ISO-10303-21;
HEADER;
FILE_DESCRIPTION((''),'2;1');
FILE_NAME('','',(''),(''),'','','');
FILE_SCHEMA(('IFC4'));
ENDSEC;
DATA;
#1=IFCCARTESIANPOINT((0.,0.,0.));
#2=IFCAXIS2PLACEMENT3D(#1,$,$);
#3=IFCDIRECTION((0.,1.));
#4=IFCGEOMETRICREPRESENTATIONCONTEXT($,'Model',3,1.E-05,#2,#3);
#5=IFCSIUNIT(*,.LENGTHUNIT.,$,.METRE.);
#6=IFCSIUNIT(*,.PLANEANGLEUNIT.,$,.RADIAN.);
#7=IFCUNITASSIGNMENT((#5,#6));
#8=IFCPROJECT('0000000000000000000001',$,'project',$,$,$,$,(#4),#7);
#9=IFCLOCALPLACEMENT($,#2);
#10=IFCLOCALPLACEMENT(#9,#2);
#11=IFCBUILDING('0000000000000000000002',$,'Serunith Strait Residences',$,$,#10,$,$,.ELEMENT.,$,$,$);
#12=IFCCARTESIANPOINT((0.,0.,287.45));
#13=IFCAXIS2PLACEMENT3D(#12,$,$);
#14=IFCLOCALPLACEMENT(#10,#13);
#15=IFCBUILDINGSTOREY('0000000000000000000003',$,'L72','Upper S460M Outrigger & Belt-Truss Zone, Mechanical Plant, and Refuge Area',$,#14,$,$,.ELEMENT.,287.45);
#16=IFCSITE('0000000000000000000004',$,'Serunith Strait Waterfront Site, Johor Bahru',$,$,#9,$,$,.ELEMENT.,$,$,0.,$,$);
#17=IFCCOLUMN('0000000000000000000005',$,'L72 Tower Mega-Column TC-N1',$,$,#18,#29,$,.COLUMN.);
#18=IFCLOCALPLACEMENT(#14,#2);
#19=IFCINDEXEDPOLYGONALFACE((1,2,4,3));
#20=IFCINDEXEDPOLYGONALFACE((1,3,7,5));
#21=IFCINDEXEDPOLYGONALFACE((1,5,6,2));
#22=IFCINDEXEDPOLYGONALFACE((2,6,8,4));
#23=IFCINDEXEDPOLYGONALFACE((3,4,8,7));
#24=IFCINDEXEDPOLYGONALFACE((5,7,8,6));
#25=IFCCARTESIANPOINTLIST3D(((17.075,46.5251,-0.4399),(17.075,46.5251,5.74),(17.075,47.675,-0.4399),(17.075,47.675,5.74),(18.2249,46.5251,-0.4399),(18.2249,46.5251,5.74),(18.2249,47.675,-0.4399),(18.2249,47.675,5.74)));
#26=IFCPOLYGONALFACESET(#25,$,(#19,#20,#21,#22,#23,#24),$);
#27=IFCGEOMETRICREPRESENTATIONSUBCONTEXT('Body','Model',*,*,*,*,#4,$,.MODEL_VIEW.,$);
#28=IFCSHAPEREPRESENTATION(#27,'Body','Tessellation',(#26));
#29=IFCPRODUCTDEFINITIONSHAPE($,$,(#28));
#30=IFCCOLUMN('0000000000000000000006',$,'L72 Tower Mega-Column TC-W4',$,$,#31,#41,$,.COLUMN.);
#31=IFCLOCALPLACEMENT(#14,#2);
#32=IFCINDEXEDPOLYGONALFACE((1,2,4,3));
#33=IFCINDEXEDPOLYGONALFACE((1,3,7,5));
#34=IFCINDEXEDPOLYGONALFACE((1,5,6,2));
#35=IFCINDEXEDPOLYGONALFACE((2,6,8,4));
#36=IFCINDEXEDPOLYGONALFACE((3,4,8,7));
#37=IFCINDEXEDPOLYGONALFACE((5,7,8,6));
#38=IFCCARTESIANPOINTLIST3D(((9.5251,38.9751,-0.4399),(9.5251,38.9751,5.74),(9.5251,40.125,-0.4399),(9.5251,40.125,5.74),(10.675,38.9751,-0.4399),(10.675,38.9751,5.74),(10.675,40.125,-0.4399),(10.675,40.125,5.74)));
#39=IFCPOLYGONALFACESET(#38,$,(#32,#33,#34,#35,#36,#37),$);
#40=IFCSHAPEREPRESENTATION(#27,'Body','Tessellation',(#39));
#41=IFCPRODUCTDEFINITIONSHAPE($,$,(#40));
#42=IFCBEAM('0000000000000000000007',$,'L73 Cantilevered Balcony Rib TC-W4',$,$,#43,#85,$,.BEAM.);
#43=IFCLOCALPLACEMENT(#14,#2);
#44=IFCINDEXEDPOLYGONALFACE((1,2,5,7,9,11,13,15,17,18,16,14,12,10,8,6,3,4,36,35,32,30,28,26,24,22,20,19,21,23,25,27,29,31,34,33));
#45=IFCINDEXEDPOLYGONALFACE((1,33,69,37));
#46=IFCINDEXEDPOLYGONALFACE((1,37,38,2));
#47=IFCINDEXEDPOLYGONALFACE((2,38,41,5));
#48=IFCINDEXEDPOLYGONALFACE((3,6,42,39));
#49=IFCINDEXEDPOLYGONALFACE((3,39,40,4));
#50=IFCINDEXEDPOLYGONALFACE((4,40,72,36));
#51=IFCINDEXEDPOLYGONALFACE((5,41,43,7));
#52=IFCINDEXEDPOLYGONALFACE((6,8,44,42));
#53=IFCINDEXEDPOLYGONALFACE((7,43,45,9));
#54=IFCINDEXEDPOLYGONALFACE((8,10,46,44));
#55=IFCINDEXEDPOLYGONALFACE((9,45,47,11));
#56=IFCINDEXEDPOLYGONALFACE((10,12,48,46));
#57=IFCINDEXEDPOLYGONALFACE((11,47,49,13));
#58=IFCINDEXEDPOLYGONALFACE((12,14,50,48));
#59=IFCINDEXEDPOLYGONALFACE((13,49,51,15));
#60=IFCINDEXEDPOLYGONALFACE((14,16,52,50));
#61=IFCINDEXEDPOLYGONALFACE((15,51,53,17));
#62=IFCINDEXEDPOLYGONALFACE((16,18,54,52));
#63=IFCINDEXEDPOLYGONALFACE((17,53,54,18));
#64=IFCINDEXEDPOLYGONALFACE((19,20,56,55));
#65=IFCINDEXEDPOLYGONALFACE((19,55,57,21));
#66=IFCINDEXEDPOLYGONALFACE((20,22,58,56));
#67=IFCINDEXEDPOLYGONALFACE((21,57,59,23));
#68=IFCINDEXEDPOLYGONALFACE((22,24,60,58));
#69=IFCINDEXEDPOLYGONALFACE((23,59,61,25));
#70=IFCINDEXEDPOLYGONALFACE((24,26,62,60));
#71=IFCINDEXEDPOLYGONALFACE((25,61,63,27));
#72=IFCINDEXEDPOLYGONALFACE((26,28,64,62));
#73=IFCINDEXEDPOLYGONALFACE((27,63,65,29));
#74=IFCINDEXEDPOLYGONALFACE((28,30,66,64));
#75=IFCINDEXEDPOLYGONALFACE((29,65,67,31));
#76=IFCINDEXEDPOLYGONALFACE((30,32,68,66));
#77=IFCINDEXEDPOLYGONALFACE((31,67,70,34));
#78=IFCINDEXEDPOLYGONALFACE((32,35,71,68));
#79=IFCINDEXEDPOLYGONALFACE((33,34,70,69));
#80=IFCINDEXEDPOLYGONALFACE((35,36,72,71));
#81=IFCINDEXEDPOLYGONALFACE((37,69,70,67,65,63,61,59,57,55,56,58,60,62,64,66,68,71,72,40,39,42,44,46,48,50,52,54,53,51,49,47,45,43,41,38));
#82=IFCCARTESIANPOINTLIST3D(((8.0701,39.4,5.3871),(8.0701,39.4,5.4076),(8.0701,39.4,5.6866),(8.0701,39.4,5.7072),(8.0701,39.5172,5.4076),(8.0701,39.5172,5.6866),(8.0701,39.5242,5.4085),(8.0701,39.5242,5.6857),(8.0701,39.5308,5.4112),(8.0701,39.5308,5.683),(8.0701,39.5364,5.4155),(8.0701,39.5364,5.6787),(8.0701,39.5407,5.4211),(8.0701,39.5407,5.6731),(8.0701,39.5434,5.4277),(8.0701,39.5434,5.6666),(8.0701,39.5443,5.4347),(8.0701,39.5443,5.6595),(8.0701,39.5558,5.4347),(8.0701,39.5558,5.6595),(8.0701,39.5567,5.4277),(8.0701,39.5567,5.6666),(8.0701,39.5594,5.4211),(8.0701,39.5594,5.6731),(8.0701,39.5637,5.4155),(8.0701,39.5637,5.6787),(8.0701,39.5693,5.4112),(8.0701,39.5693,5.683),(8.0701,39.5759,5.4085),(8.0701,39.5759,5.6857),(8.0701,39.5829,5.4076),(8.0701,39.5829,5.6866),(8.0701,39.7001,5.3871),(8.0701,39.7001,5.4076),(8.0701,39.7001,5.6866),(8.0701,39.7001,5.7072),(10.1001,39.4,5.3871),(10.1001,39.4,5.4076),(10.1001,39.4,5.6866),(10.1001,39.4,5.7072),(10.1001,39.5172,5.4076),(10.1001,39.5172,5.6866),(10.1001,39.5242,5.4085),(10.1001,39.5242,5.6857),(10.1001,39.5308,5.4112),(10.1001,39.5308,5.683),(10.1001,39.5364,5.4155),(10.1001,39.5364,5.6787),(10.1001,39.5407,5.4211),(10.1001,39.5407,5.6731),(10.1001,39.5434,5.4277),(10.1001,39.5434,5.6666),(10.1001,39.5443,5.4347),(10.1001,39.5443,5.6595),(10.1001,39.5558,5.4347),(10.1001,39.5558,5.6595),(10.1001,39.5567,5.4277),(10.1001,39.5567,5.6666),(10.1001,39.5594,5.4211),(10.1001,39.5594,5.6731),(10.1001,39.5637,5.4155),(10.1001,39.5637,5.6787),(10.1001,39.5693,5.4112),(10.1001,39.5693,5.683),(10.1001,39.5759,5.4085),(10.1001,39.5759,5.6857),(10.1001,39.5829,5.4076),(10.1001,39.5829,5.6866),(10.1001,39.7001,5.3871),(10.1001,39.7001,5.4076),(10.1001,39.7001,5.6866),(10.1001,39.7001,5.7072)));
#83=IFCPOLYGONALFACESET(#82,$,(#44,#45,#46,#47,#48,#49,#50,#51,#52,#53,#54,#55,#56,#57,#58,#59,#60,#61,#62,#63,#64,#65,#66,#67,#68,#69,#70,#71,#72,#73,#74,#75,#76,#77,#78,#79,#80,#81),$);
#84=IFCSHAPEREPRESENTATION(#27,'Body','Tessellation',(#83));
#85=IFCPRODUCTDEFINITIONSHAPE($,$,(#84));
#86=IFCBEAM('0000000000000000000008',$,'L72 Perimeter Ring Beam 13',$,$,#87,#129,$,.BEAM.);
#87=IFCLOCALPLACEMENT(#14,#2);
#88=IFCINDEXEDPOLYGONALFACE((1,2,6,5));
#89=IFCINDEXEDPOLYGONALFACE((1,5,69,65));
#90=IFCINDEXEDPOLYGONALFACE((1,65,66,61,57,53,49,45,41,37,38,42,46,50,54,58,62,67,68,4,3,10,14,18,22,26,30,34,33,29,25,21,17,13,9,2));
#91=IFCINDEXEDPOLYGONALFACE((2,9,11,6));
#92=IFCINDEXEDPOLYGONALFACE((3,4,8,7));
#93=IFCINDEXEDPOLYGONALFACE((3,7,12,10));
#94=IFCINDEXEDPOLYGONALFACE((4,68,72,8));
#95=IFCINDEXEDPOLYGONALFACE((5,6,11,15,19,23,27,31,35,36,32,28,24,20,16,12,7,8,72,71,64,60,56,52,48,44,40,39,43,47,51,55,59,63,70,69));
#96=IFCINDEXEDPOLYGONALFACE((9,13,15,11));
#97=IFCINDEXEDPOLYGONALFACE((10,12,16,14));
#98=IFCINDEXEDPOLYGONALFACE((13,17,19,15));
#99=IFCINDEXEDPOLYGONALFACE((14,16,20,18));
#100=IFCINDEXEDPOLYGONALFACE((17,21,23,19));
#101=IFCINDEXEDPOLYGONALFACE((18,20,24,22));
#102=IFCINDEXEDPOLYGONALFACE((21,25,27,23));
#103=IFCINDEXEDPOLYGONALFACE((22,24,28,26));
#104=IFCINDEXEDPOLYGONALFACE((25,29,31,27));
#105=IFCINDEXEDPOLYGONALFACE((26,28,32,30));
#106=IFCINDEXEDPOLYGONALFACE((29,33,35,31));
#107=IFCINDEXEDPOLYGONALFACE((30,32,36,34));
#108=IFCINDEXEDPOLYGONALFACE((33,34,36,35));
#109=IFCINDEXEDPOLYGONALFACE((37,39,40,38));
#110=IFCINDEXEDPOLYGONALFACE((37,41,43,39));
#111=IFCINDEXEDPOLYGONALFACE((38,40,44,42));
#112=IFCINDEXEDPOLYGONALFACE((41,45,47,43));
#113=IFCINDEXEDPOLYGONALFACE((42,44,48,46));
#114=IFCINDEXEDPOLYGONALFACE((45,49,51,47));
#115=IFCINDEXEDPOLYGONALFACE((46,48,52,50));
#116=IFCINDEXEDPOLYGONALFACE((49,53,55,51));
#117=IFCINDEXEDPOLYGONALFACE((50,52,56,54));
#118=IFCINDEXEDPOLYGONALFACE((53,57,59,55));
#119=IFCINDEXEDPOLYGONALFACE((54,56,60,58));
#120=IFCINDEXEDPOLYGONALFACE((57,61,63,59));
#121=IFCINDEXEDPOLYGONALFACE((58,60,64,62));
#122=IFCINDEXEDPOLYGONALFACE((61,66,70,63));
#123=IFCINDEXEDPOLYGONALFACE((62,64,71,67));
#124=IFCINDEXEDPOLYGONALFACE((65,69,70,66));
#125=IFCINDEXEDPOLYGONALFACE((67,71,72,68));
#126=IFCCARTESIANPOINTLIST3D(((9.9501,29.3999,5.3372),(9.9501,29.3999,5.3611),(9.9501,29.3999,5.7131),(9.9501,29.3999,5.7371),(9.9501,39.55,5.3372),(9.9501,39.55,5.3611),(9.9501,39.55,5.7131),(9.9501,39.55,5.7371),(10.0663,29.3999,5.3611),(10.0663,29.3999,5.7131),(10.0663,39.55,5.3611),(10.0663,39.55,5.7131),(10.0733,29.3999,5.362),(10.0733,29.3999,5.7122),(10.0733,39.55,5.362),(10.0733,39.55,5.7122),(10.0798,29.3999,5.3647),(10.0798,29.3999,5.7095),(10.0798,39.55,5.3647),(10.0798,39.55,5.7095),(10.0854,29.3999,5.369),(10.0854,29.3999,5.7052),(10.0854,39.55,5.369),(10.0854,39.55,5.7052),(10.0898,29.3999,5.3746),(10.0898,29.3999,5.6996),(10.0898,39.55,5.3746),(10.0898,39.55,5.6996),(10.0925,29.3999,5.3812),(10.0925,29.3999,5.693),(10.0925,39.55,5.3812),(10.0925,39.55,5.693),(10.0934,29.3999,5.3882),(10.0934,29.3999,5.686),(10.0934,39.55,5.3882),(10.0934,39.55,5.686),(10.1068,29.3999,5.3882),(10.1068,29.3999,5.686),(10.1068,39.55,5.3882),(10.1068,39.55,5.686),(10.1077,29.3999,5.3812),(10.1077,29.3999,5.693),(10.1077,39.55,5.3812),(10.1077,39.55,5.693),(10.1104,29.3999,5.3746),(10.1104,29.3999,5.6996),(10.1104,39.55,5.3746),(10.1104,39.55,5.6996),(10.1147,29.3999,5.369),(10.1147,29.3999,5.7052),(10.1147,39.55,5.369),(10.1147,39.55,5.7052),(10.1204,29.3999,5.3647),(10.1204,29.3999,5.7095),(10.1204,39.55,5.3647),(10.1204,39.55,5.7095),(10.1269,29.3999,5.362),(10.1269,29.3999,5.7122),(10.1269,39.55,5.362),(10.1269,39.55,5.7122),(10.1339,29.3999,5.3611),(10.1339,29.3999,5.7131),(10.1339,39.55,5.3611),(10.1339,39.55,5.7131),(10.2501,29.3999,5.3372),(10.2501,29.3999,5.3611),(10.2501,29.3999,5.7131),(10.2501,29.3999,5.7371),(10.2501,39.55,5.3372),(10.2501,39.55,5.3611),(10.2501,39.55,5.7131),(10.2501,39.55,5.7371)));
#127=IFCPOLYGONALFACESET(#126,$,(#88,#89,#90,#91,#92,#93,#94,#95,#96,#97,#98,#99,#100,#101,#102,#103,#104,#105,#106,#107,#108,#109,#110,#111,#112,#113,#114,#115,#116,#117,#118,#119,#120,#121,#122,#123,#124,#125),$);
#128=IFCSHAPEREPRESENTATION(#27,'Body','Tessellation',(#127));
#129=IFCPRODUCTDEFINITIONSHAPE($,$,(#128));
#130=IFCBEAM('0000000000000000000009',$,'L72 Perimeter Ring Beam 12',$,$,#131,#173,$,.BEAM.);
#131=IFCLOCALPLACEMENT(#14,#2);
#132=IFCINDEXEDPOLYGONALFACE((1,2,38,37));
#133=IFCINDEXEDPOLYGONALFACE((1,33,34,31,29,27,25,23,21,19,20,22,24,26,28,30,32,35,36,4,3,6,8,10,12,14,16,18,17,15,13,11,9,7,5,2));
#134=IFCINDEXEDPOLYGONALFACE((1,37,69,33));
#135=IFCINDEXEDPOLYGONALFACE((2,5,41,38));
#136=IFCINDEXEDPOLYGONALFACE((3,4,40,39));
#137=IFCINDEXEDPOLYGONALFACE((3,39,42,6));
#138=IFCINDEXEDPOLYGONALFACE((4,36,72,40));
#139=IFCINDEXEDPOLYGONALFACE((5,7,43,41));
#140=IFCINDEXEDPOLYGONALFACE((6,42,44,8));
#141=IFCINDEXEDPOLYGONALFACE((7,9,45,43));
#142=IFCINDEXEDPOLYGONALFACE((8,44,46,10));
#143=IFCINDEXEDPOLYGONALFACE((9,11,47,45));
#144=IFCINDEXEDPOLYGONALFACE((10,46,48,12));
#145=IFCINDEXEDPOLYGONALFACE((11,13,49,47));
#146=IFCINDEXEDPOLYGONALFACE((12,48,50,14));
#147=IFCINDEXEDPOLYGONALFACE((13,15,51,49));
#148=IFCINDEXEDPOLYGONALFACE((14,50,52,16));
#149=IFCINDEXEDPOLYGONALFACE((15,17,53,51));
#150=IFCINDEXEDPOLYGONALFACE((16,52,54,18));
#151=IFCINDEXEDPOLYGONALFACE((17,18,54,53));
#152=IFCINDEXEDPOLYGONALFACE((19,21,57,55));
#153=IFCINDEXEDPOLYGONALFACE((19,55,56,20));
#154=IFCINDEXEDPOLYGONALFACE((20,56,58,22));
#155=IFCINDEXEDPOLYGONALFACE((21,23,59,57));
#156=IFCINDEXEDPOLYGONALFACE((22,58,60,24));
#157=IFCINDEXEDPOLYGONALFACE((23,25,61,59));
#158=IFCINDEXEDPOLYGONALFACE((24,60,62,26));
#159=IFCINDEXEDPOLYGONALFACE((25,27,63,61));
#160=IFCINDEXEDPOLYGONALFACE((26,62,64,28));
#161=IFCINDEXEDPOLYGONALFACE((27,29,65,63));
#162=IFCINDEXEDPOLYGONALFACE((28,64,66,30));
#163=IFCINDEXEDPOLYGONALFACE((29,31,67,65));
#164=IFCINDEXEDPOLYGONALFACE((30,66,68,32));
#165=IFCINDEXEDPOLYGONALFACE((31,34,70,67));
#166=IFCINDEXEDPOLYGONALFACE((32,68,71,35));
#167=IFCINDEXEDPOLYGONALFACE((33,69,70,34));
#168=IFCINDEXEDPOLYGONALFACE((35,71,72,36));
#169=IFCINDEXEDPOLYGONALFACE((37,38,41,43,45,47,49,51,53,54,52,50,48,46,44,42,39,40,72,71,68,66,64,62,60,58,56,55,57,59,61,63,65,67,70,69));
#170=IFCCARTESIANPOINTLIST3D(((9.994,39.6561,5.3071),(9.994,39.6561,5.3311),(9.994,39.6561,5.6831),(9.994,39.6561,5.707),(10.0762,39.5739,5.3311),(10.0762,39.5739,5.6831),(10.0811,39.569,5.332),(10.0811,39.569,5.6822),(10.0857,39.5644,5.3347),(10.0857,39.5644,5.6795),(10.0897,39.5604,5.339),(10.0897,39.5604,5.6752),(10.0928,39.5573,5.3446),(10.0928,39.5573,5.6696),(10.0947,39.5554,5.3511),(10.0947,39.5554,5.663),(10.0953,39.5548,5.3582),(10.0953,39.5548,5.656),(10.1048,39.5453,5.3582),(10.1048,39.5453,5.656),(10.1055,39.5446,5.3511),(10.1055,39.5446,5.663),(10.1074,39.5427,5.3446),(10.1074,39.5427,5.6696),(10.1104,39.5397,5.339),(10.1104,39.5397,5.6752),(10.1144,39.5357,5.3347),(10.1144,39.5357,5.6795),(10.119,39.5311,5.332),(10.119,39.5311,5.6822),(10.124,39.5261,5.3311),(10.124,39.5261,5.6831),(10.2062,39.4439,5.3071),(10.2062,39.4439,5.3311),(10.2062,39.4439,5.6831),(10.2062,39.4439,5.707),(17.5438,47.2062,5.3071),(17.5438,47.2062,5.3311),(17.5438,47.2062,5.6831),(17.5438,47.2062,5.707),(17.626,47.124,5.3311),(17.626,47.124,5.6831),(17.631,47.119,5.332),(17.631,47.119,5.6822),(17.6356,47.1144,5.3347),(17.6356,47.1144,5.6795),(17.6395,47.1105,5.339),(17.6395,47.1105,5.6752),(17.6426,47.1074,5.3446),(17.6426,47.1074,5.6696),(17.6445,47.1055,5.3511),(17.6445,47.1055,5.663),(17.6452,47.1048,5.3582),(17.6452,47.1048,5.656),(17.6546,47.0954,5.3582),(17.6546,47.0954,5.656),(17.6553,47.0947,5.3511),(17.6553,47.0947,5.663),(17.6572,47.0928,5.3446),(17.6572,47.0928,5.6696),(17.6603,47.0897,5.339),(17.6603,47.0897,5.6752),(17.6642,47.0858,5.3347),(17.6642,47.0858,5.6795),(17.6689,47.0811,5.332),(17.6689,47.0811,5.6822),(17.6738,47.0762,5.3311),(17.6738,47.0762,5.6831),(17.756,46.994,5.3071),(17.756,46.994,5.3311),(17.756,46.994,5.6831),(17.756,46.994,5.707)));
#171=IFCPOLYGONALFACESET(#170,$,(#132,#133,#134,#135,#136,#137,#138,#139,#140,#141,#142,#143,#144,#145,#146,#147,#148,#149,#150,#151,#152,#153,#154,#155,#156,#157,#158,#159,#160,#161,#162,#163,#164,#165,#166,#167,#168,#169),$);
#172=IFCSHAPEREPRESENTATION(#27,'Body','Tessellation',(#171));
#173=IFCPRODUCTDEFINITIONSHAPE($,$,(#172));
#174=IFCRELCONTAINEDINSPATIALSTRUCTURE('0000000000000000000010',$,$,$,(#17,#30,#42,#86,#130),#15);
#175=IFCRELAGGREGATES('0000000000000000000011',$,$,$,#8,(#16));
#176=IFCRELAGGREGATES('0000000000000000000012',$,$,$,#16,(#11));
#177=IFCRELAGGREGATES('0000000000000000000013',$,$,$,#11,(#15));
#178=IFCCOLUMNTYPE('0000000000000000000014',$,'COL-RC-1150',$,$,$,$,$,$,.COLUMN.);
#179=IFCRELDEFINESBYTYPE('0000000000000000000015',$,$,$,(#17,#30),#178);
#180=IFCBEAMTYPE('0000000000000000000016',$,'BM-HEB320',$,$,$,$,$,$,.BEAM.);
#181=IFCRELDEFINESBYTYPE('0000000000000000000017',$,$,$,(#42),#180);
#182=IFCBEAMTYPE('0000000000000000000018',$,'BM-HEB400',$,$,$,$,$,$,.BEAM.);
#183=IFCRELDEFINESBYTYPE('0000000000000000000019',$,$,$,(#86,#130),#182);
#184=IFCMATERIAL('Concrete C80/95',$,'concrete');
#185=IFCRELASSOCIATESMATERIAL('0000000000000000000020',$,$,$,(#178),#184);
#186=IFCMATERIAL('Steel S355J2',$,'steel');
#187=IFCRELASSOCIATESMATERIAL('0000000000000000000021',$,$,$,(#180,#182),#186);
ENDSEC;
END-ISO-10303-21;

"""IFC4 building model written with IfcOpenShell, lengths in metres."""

from ifc_helpers import new_model, si_unit, direction, frame, origin, origin_2d, place, context, subcontext, project, spatial, rectangle, i_section, extrude, source, transform, mapped, material, material_profile, profile_set, type_object, element, save


model = new_model("IFC4")

# Units and contexts
model_context = context("Model", 3, precision=1e-05, world=origin(), true_north=direction((0.0, 1.0)))
body_context = subcontext(model_context, "Body", "Model", "MODEL_VIEW")
ifc_project = project(units=[si_unit("LENGTHUNIT", "METRE"), si_unit("PLANEANGLEUNIT", "RADIAN")], contexts=[model_context])

# Site, building, storey
site_placement = place(None, origin())
site = spatial("IfcSite", under=ifc_project, at=site_placement, Name="Serunith Strait Waterfront Site, Johor Bahru", CompositionType="ELEMENT", RefElevation=0.0)
building_placement = place(site_placement, origin())
building = spatial("IfcBuilding", under=site, at=building_placement, Name="Serunith Strait Residences", CompositionType="ELEMENT")
storey_placement = place(building_placement, frame((0.0, 0.0, 287.45)))
storey = spatial("IfcBuildingStorey", under=building, at=storey_placement, Name="L72", Description="Upper S460M Outrigger & Belt-Truss Zone, Mechanical Plant, and Refuge Area", CompositionType="ELEMENT", Elevation=287.45)

# Columns
ifc_material_1 = material(Name="Concrete C80/95", Category="concrete")
ifc_material_profile_1 = material_profile(ifc_material_1, rectangle(XDim=1.1499, YDim=1.1499, at=origin_2d()), Name="RC 1150x1150")
ifc_profile_set_1 = profile_set([ifc_material_profile_1], Name="Concrete C80/95")
column_type = type_object("IfcColumnType", Name="COL-RC-1150", PredefinedType="COLUMN", material=ifc_profile_set_1)
shared_shape_1 = source(origin(), body_context, "Body", "SweptSolid", [
    extrude(rectangle(XDim=1.1499, YDim=1.1499, at=origin_2d()), origin(), (0.0, 0.0, 1.0), 6.1799),
])
for number, where, z_axis, x_axis, name in (
    (1, (17.6499, 47.1001, -0.4399), (0.0, 0.0, 1.0), (1.0, 0.0, 0.0), "L72 Tower Mega-Column TC-N1"),
    (2, (10.1001, 39.55, -0.4399), (0.0, 0.0, 1.0), (1.0, 0.0, 0.0), "L72 Tower Mega-Column TC-W4"),
):
    element("IfcColumn", number, at=place(storey_placement, frame(where, z_axis=z_axis, x_axis=x_axis)), inside=storey, type_object=column_type, Name=name, PredefinedType="COLUMN", context=body_context, shape_type="MappedRepresentation", body=[
        mapped(shared_shape_1, transform((0.0, 0.0, 0.0), scale=1.0)),
    ])

# Beams
ifc_material_2 = material(Name="Steel S355J2", Category="steel")
ifc_material_profile_2 = material_profile(ifc_material_2, i_section(OverallWidth=0.3, OverallDepth=0.3201, WebThickness=0.0115, FlangeThickness=0.0205, FilletRadius=0.0271, at=origin_2d()), Name="HEB 320")
ifc_profile_set_2 = profile_set([ifc_material_profile_2], Name="Steel S355J2")
beam_type_1 = type_object("IfcBeamType", Name="BM-HEB320", PredefinedType="BEAM", material=ifc_profile_set_2)
shared_shape_2 = source(origin(), body_context, "Body", "SweptSolid", [
    extrude(i_section(OverallWidth=0.3, OverallDepth=0.3201, WebThickness=0.0115, FlangeThickness=0.0205, FilletRadius=0.0271, at=origin_2d()), origin(), (0.0, 0.0, 1.0), 2.03),
])
beam_1_placement = place(storey_placement, frame((10.1001, 39.55, 5.5471), z_axis=(-1.0, 0.0, 0.0), x_axis=(0.0, -1.0, 0.0)))
element("IfcBeam", 3, at=beam_1_placement, inside=storey, type_object=beam_type_1, Name="L73 Cantilevered Balcony Rib TC-W4", PredefinedType="BEAM", context=body_context, shape_type="MappedRepresentation", body=[
    mapped(shared_shape_2, transform((0.0, 0.0, 0.0), scale=1.0)),
])
ifc_material_profile_3 = material_profile(ifc_material_2, i_section(OverallWidth=0.3, OverallDepth=0.3999, WebThickness=0.0134, FlangeThickness=0.0239, FilletRadius=0.0271, at=origin_2d()), Name="HEB 400")
ifc_profile_set_3 = profile_set([ifc_material_profile_3], Name="Steel S355J2")
beam_type_2 = type_object("IfcBeamType", Name="BM-HEB400", PredefinedType="BEAM", material=ifc_profile_set_3)
shared_shape_3 = source(origin(), body_context, "Body", "SweptSolid", [
    extrude(i_section(OverallWidth=0.3, OverallDepth=0.3999, WebThickness=0.0134, FlangeThickness=0.0239, FilletRadius=0.0271, at=origin_2d()), origin(), (0.0, 0.0, 1.0), 10.1501),
])
beam_2_placement = place(storey_placement, frame((10.1001, 39.55, 5.5371), z_axis=(0.0, -1.0, 0.0), x_axis=(1.0, 0.0, 0.0)))
element("IfcBeam", 4, at=beam_2_placement, inside=storey, type_object=beam_type_2, Name="L72 Perimeter Ring Beam 13", PredefinedType="BEAM", context=body_context, shape_type="MappedRepresentation", body=[
    mapped(shared_shape_3, transform((0.0, 0.0, 0.0), scale=1.0)),
])
shared_shape_4 = source(origin(), body_context, "Body", "SweptSolid", [
    extrude(i_section(OverallWidth=0.3, OverallDepth=0.3999, WebThickness=0.0134, FlangeThickness=0.0239, FilletRadius=0.0271, at=origin_2d()), origin(), (0.0, 0.0, 1.0), 10.6772),
])
beam_3_placement = place(storey_placement, frame((17.6499, 47.1001, 5.5071), z_axis=(-0.707095, -0.707118, 0.0), x_axis=(0.707118, -0.707095, 0.0)))
element("IfcBeam", 5, at=beam_3_placement, inside=storey, type_object=beam_type_2, Name="L72 Perimeter Ring Beam 12", PredefinedType="BEAM", context=body_context, shape_type="MappedRepresentation", body=[
    mapped(shared_shape_4, transform((0.0, 0.0, 0.0), scale=1.0)),
])

save(model, "model.ifc")
